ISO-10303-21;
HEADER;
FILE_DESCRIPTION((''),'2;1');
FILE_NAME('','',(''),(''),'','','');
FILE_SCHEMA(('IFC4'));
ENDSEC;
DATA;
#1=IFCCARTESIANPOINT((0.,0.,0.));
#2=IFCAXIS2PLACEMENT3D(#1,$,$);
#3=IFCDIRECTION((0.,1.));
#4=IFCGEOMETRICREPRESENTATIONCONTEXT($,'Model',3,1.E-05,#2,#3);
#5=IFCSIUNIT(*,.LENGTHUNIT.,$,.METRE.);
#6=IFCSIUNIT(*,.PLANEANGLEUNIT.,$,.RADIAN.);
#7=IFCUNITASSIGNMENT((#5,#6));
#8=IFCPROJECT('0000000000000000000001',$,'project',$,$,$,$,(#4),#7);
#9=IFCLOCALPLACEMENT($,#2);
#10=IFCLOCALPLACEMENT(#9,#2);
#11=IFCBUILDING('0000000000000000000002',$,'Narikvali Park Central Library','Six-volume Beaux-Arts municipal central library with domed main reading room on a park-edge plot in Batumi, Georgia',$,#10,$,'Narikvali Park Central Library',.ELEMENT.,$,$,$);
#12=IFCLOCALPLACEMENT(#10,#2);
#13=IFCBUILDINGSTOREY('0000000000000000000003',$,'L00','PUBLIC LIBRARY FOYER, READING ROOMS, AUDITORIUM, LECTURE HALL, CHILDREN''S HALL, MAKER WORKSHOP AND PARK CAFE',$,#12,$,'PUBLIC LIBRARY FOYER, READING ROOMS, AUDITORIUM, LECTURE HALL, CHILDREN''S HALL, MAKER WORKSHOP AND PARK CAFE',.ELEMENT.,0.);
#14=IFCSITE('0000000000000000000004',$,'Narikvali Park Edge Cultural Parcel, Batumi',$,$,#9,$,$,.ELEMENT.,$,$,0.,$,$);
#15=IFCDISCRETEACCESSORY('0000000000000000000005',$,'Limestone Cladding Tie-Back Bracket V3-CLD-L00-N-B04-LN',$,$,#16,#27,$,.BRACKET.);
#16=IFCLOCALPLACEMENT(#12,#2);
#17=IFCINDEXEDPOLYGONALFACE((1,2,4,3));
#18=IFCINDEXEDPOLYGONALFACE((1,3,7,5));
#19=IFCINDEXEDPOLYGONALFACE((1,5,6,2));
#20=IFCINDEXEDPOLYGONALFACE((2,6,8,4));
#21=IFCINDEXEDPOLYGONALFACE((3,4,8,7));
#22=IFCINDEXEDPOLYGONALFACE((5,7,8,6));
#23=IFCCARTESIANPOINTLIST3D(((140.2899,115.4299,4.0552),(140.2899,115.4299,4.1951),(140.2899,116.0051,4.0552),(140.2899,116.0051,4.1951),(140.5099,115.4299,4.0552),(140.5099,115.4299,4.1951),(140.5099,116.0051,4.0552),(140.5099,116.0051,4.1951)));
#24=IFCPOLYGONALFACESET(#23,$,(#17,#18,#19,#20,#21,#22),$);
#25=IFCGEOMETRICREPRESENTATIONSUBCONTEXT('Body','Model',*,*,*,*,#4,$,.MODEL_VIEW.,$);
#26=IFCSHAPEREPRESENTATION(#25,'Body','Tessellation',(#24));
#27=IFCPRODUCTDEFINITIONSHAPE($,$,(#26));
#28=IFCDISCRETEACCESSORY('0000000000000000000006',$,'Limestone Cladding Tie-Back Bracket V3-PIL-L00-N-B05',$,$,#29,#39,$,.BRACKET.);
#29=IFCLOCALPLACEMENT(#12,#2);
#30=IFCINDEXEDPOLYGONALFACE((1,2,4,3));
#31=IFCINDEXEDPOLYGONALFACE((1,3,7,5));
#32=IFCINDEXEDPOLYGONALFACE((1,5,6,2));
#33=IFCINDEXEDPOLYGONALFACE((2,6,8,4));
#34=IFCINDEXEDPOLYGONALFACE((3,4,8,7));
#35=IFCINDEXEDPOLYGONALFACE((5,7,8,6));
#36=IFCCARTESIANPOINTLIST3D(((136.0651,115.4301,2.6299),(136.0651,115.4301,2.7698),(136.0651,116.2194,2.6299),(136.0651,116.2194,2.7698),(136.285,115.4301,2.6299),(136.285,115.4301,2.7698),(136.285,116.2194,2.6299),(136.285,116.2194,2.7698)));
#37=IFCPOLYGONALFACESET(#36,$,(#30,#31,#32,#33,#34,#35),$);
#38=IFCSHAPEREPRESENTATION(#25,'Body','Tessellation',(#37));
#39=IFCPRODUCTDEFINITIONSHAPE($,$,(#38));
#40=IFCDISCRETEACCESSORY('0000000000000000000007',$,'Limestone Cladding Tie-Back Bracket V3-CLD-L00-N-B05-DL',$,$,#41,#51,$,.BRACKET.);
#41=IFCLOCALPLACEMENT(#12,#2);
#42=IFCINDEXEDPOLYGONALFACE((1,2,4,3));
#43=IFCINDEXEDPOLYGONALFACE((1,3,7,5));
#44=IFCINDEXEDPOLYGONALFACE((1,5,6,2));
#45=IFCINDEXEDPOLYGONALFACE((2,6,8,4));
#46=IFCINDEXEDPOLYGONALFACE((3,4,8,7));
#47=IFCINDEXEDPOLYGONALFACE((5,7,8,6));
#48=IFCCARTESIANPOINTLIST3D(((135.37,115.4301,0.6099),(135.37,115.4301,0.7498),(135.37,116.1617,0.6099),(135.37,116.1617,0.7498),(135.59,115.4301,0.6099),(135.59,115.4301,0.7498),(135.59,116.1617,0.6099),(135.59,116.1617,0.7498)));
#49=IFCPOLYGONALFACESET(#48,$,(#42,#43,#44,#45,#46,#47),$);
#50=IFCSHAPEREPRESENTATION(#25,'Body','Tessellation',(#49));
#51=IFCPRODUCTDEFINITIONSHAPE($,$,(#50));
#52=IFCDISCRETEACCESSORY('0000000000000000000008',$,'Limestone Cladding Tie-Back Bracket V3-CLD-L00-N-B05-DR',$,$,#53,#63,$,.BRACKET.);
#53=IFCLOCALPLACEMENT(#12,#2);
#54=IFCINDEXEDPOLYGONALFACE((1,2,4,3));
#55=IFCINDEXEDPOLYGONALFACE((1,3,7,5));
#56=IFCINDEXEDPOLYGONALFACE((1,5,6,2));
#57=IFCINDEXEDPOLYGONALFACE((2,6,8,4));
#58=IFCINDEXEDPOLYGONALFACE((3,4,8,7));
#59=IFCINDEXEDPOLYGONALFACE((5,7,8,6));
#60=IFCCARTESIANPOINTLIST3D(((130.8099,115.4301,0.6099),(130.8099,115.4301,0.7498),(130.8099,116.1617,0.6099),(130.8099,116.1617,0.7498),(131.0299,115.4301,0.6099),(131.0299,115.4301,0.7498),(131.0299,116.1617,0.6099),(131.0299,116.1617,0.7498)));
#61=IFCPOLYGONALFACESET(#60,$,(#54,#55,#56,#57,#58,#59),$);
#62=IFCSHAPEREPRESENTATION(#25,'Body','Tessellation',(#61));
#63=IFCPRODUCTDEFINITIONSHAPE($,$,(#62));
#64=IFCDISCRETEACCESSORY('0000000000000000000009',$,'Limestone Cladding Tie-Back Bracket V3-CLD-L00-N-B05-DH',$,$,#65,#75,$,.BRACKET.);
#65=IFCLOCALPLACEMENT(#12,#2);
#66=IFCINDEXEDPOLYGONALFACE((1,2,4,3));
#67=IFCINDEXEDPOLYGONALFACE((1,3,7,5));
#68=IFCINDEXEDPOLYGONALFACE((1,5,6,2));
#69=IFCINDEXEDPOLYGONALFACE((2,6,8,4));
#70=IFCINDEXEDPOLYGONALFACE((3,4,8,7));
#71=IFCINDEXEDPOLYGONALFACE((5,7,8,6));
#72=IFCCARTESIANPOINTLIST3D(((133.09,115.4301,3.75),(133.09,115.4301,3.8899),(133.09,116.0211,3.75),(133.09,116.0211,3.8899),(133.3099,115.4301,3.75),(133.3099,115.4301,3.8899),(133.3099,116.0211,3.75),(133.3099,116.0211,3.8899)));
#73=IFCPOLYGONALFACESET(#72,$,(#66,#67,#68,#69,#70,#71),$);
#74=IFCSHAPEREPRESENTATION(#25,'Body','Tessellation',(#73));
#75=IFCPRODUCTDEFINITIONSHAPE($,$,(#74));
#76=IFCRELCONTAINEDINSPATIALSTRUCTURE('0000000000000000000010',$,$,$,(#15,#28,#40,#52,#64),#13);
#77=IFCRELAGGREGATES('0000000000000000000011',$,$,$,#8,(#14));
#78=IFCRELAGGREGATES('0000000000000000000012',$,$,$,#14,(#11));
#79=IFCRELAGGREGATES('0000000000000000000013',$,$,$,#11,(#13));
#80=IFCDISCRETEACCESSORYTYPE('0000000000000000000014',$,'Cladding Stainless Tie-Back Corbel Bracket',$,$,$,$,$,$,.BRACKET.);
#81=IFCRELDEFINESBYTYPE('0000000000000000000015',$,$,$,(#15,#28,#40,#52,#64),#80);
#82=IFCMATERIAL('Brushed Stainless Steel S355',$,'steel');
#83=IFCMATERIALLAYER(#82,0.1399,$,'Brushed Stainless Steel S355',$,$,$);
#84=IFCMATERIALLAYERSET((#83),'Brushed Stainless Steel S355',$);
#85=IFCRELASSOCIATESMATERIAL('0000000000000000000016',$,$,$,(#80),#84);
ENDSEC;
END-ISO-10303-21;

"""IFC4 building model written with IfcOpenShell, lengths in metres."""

from ifc_helpers import new_model, si_unit, direction, frame, origin, origin_2d, place, context, subcontext, project, spatial, rectangle, extrude, material, layer, layer_set, type_object, element, save


model = new_model("IFC4")

# Units and contexts
model_context = context("Model", 3, precision=1e-05, world=origin(), true_north=direction((0.0, 1.0)))
body_context = subcontext(model_context, "Body", "Model", "MODEL_VIEW")
ifc_project = project(units=[si_unit("LENGTHUNIT", "METRE"), si_unit("PLANEANGLEUNIT", "RADIAN")], contexts=[model_context])

# Site, building, storey
site_placement = place(None, origin())
site = spatial("IfcSite", under=ifc_project, at=site_placement, Name="Narikvali Park Edge Cultural Parcel, Batumi", CompositionType="ELEMENT", RefElevation=0.0)
building_placement = place(site_placement, origin())
building = spatial("IfcBuilding", under=site, at=building_placement, Name="Narikvali Park Central Library", Description="Six-volume Beaux-Arts municipal central library with domed main reading room on a park-edge plot in Batumi, Georgia", LongName="Narikvali Park Central Library", CompositionType="ELEMENT")
storey_placement = place(building_placement, origin())
storey = spatial("IfcBuildingStorey", under=building, at=storey_placement, Name="L00", Description="PUBLIC LIBRARY FOYER, READING ROOMS, AUDITORIUM, LECTURE HALL, CHILDREN'S HALL, MAKER WORKSHOP AND PARK CAFE", LongName="PUBLIC LIBRARY FOYER, READING ROOMS, AUDITORIUM, LECTURE HALL, CHILDREN'S HALL, MAKER WORKSHOP AND PARK CAFE", CompositionType="ELEMENT", Elevation=0.0)

# Discrete accessories
ifc_material_1 = material(Name="Brushed Stainless Steel S355", Category="steel")
ifc_layer_1 = layer(ifc_material_1, 0.1399, Name="Brushed Stainless Steel S355")
ifc_layer_set_1 = layer_set([ifc_layer_1], Name="Brushed Stainless Steel S355")
discrete_accessory_type = type_object("IfcDiscreteAccessoryType", Name="Cladding Stainless Tie-Back Corbel Bracket", PredefinedType="BRACKET", material=ifc_layer_set_1)
discrete_accessory_1_placement = place(storey_placement, frame((140.3999, 115.7175, 4.0552), z_axis=(0.0, 0.0, 1.0), x_axis=(1.0, 0.0, 0.0)))
element("IfcDiscreteAccessory", 1, at=discrete_accessory_1_placement, inside=storey, type_object=discrete_accessory_type, Name="Limestone Cladding Tie-Back Bracket V3-CLD-L00-N-B04-LN", PredefinedType="BRACKET", context=body_context, shape_type="SweptSolid", body=[
    extrude(rectangle(XDim=0.22, YDim=0.5752, at=origin_2d()), origin(), (0.0, 0.0, 1.0), 0.1399),
])
discrete_accessory_2_placement = place(storey_placement, frame((136.175, 115.8247, 2.6299), z_axis=(0.0, 0.0, 1.0), x_axis=(1.0, 0.0, 0.0)))
element("IfcDiscreteAccessory", 2, at=discrete_accessory_2_placement, inside=storey, type_object=discrete_accessory_type, Name="Limestone Cladding Tie-Back Bracket V3-PIL-L00-N-B05", PredefinedType="BRACKET", context=body_context, shape_type="SweptSolid", body=[
    extrude(rectangle(XDim=0.22, YDim=0.7893, at=origin_2d()), origin(), (0.0, 0.0, 1.0), 0.1399),
])
for number, where, z_axis, x_axis, name in (
    (3, (135.48, 115.7959, 0.6099), (0.0, 0.0, 1.0), (1.0, 0.0, 0.0), "Limestone Cladding Tie-Back Bracket V3-CLD-L00-N-B05-DL"),
    (4, (130.9199, 115.7959, 0.6099), (0.0, 0.0, 1.0), (1.0, 0.0, 0.0), "Limestone Cladding Tie-Back Bracket V3-CLD-L00-N-B05-DR"),
):
    element("IfcDiscreteAccessory", number, at=place(storey_placement, frame(where, z_axis=z_axis, x_axis=x_axis)), inside=storey, type_object=discrete_accessory_type, Name=name, PredefinedType="BRACKET", context=body_context, shape_type="SweptSolid", body=[
        extrude(rectangle(XDim=0.22, YDim=0.7317, at=origin_2d()), origin(), (0.0, 0.0, 1.0), 0.1399),
    ])
discrete_accessory_3_placement = place(storey_placement, frame((133.2, 115.7256, 3.75), z_axis=(0.0, 0.0, 1.0), x_axis=(1.0, 0.0, 0.0)))
element("IfcDiscreteAccessory", 5, at=discrete_accessory_3_placement, inside=storey, type_object=discrete_accessory_type, Name="Limestone Cladding Tie-Back Bracket V3-CLD-L00-N-B05-DH", PredefinedType="BRACKET", context=body_context, shape_type="SweptSolid", body=[
    extrude(rectangle(XDim=0.22, YDim=0.5911, at=origin_2d()), origin(), (0.0, 0.0, 1.0), 0.1399),
])

save(model, "model.ifc")
